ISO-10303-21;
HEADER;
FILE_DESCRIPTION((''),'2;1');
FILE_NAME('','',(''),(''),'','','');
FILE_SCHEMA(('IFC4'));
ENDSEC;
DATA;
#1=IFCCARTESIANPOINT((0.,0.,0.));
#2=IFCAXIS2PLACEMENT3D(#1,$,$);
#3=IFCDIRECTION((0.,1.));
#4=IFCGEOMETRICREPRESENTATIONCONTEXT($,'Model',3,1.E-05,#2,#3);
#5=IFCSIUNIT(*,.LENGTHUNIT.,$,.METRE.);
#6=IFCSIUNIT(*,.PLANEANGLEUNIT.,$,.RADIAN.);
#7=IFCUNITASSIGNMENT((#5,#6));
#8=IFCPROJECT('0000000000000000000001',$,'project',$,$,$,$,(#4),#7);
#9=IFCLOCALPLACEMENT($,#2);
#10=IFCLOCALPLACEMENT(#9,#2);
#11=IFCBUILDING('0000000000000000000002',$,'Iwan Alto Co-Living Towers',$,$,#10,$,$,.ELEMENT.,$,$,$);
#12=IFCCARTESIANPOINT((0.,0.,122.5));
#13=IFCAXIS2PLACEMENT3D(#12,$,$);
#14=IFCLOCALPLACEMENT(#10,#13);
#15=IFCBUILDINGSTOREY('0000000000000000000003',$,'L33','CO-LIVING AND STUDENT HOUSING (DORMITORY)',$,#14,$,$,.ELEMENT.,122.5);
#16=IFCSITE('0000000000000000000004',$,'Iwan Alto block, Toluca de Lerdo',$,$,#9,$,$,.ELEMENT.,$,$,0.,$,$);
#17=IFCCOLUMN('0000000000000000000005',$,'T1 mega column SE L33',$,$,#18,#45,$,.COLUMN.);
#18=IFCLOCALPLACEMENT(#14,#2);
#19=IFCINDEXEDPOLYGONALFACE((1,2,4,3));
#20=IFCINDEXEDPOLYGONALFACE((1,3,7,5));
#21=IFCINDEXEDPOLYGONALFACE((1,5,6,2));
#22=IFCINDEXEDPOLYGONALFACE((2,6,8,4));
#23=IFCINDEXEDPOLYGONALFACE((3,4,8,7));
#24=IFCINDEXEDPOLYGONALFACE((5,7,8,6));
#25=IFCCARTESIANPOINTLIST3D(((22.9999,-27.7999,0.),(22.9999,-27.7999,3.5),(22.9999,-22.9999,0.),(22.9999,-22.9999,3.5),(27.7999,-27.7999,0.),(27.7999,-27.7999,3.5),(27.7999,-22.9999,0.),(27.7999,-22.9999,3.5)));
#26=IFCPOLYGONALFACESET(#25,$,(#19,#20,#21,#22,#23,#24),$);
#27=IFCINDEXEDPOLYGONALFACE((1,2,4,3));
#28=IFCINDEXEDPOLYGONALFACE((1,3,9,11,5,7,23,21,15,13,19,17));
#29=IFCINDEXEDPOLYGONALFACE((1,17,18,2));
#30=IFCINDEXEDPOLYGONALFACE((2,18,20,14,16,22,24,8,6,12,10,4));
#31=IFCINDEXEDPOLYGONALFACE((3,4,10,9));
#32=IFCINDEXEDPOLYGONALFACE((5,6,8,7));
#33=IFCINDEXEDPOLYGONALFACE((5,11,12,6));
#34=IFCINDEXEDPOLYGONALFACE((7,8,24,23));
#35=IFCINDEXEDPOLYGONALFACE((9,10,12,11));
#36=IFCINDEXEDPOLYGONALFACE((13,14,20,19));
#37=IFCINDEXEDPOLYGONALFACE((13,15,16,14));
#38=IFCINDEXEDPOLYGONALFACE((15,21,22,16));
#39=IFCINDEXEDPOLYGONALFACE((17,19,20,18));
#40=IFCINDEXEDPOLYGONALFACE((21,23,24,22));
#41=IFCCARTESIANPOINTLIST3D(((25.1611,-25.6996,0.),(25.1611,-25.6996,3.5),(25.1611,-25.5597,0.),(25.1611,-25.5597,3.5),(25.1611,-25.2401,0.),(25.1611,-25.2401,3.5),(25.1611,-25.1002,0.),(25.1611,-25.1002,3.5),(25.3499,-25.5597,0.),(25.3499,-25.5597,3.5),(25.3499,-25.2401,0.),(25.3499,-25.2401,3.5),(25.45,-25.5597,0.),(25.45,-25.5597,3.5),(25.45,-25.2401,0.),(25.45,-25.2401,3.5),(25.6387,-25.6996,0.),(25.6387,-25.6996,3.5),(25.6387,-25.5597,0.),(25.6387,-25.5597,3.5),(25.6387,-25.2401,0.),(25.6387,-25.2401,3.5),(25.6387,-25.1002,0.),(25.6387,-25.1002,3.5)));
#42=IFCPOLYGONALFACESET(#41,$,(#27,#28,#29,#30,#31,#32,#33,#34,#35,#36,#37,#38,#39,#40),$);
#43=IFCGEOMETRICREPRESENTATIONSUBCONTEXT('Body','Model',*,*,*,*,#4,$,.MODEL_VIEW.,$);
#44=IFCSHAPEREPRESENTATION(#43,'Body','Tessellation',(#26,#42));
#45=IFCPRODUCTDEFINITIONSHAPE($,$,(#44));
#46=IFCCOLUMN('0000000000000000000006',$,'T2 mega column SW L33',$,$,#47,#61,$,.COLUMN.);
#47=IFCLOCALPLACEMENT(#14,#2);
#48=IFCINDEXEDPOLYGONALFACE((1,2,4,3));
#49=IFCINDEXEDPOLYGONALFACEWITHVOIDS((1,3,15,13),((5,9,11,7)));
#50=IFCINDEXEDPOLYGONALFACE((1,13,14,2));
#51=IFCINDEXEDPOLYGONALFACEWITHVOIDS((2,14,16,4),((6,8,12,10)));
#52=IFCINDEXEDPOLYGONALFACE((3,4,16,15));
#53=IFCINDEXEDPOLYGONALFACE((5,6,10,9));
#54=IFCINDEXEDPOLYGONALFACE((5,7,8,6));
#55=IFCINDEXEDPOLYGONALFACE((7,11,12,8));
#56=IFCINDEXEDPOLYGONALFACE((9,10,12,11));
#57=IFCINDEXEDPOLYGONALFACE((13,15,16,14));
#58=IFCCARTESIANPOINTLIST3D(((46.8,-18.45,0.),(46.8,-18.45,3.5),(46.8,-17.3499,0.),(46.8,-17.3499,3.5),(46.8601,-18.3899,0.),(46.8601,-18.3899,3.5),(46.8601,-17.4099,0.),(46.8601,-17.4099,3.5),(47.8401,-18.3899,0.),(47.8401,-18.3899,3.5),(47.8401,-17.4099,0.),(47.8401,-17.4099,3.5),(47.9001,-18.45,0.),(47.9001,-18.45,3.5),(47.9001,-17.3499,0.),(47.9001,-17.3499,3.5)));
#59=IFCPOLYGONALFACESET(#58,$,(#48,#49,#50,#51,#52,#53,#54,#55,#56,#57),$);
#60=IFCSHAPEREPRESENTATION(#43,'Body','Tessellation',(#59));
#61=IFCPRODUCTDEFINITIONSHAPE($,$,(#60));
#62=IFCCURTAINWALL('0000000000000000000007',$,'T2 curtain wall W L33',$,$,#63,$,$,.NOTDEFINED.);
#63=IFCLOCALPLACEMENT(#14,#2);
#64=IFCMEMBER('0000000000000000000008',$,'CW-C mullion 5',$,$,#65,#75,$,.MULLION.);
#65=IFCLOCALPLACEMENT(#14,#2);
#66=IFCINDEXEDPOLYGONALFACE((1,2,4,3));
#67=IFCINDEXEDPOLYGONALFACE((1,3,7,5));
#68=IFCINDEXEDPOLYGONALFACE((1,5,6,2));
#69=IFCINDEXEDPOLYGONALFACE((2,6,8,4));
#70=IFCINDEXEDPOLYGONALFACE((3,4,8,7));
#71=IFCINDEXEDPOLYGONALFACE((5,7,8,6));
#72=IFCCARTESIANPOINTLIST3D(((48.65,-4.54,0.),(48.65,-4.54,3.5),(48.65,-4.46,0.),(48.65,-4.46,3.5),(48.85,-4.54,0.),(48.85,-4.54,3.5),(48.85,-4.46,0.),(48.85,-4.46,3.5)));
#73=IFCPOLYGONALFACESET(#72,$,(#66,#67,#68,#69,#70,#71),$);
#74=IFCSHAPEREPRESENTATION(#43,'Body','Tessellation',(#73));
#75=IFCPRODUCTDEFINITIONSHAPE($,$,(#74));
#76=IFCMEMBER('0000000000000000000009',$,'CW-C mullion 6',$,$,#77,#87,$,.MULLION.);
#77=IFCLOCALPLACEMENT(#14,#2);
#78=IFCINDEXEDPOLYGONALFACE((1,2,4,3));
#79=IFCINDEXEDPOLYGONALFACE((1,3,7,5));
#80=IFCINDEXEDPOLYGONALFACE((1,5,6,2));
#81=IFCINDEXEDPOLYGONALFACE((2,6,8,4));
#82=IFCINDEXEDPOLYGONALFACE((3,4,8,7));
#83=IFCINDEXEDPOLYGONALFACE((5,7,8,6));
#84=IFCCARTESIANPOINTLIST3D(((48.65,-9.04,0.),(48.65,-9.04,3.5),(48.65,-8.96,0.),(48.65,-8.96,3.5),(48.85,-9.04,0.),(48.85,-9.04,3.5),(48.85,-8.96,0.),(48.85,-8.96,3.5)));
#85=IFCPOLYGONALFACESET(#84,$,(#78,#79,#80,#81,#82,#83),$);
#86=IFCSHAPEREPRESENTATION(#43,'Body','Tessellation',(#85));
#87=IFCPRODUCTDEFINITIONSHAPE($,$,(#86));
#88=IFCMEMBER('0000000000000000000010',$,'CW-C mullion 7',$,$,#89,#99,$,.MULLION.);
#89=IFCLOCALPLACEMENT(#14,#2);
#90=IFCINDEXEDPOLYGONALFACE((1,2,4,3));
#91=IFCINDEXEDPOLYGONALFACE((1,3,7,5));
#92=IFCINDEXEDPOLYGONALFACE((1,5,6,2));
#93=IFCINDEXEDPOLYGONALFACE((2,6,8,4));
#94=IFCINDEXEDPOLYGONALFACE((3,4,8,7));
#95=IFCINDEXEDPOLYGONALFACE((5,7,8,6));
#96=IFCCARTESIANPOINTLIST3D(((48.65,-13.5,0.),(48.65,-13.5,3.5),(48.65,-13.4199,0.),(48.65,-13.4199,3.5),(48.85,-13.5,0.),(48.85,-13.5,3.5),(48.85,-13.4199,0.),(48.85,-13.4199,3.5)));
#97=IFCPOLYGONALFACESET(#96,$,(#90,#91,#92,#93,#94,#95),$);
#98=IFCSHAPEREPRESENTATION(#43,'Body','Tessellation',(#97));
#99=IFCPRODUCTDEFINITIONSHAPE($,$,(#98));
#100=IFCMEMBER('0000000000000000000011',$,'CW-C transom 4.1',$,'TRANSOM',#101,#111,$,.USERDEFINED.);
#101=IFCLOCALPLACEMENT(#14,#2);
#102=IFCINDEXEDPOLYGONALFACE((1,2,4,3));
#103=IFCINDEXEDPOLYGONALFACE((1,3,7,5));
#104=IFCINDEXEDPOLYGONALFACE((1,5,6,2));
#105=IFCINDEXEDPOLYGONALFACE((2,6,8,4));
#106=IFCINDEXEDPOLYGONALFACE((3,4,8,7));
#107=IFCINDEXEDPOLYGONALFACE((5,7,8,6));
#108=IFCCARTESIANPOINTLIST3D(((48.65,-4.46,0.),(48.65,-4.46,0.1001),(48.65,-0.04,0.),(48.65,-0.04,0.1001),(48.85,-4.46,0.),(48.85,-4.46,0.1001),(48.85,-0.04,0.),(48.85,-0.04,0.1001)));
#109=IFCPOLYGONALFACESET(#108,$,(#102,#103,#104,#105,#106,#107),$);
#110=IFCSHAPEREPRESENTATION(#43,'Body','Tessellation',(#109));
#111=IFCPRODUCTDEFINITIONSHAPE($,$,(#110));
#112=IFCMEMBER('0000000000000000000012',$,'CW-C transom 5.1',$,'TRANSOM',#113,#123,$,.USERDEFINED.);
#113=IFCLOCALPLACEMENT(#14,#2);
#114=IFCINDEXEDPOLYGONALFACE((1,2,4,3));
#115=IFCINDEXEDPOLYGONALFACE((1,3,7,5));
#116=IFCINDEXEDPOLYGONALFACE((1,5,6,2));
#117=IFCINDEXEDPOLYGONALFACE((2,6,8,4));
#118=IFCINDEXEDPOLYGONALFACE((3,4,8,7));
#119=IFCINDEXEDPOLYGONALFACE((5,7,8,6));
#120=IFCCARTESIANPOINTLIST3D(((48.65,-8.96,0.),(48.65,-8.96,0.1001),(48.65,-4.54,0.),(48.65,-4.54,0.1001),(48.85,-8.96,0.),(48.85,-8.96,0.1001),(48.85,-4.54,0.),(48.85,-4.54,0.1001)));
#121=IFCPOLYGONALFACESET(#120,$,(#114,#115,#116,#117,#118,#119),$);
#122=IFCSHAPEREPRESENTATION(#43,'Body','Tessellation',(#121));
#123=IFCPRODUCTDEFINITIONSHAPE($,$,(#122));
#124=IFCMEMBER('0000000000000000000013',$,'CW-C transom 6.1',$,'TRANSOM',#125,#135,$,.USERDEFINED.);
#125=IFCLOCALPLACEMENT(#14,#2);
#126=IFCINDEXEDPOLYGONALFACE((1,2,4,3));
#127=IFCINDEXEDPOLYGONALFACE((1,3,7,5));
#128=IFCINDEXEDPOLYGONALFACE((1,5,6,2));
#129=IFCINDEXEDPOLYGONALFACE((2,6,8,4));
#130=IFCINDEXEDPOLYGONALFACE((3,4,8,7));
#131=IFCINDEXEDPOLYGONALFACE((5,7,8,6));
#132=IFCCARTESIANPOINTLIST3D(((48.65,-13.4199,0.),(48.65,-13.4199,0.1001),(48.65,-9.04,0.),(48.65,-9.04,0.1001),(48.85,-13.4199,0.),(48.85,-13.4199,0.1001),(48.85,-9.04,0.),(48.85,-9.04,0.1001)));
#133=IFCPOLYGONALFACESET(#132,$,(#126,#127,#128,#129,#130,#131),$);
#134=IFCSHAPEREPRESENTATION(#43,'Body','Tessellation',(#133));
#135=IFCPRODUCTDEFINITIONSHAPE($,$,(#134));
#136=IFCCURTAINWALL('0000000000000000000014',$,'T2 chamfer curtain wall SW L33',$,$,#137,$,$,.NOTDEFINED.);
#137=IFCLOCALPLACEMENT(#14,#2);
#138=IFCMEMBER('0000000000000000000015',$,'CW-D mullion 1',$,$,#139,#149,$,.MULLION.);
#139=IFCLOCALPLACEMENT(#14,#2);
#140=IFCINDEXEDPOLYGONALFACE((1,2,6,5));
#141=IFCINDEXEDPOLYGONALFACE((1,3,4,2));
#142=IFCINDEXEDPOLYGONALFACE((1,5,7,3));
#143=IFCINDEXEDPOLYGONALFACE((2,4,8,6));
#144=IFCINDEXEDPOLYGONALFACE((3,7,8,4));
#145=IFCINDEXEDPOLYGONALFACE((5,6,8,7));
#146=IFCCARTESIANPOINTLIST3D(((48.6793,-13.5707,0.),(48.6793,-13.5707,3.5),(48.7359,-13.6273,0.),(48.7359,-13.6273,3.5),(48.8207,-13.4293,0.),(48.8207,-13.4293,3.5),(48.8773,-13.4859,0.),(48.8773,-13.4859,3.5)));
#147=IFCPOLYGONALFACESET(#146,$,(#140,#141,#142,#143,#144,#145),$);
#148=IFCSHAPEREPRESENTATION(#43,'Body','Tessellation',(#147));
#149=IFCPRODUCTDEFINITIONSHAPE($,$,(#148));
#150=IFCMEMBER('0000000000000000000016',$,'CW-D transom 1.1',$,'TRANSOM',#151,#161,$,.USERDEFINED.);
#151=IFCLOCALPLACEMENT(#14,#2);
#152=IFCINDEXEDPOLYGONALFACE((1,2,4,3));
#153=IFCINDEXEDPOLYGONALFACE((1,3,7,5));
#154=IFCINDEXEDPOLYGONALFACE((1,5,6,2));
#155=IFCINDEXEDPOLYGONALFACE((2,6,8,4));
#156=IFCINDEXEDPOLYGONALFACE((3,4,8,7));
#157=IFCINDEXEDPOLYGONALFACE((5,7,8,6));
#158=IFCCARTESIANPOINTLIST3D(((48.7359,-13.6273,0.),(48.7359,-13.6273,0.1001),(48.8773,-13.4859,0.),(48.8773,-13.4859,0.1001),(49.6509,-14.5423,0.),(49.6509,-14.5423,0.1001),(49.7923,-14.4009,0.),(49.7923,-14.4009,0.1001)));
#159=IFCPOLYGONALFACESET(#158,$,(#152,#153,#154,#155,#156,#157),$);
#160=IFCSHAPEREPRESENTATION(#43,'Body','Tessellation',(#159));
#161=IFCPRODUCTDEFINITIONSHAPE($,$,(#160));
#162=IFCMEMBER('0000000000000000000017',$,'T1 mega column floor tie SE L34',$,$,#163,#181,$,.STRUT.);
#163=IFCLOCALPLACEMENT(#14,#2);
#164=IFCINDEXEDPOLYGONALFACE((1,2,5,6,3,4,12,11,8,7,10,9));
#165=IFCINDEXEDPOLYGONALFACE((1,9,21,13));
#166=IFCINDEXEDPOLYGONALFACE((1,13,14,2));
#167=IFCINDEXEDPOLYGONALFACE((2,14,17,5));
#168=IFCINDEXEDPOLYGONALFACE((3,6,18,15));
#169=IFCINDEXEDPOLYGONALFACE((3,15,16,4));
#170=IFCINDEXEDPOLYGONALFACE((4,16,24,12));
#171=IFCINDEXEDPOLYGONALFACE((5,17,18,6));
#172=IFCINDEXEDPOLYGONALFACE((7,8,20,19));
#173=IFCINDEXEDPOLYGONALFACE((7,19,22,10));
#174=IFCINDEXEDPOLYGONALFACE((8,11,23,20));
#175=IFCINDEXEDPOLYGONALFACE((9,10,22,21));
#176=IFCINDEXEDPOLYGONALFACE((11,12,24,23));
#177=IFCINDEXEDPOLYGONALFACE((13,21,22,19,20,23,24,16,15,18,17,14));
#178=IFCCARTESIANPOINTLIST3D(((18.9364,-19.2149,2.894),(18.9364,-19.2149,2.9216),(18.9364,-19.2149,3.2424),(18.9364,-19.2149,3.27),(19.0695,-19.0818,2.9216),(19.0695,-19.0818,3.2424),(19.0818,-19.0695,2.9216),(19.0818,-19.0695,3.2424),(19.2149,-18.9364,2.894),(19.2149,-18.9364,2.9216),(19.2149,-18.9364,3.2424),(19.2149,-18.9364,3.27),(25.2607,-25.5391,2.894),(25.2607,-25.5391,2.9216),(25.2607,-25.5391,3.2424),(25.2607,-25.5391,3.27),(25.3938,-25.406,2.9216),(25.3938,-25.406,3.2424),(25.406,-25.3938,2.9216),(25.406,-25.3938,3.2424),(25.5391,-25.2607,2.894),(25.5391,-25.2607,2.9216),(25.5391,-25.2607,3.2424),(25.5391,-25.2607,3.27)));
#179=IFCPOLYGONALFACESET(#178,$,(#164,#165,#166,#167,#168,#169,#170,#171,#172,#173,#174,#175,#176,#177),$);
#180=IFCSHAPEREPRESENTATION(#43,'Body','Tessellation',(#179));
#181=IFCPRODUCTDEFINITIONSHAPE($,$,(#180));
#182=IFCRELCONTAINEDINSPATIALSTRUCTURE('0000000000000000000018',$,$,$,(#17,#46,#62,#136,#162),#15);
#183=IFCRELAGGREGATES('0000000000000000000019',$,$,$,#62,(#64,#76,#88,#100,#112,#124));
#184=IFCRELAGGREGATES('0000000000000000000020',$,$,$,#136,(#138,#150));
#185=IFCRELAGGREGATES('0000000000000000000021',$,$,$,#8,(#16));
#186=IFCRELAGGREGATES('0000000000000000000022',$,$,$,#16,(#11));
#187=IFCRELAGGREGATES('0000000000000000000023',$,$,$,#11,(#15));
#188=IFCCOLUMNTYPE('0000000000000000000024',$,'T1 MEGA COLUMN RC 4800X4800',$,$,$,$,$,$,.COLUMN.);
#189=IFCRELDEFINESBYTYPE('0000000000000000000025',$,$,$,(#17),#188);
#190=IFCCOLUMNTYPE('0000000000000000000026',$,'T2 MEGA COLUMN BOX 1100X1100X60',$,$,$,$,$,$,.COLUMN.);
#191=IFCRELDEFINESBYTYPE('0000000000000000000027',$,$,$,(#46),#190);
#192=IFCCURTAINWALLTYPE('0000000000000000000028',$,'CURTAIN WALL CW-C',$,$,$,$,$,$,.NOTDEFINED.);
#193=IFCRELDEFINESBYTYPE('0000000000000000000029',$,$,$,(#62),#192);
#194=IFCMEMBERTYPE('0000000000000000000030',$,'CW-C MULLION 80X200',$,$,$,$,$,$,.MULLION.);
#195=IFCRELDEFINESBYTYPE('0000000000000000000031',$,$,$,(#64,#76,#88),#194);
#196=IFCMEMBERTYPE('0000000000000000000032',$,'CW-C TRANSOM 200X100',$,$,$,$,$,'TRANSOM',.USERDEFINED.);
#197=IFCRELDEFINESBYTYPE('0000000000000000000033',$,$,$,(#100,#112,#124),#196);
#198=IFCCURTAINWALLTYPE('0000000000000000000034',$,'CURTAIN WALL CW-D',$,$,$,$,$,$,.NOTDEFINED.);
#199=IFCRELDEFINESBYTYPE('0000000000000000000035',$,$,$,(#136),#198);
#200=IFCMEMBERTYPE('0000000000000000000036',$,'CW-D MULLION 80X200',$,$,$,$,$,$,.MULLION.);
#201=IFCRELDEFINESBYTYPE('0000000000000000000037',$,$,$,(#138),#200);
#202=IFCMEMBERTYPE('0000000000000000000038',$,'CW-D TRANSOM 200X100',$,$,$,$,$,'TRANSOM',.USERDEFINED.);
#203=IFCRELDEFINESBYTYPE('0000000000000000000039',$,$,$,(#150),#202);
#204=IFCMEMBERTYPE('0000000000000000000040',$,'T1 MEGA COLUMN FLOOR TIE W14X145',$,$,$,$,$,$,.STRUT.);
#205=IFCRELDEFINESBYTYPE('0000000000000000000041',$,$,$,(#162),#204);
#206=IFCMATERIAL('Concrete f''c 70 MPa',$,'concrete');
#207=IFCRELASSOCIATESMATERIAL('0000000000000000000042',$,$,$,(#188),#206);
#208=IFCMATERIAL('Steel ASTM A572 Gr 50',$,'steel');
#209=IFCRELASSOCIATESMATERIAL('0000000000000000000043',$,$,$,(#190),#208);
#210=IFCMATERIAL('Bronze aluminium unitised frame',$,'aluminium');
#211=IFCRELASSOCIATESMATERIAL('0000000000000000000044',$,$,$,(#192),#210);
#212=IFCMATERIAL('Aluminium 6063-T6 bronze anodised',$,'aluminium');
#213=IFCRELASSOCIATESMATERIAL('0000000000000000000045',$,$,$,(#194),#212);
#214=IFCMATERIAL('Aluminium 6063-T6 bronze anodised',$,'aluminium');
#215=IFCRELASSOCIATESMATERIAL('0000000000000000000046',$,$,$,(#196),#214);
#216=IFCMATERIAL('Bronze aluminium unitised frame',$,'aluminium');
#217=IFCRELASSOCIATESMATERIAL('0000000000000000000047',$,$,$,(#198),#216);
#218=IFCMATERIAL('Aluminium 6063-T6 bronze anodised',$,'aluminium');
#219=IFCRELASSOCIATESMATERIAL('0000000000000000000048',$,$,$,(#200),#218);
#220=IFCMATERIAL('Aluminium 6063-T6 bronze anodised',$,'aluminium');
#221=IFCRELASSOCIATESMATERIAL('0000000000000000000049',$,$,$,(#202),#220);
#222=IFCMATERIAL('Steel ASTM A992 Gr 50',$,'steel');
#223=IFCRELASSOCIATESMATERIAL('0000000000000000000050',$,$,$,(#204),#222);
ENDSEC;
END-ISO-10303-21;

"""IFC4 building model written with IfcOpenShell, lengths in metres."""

from ifc_helpers import new_model, si_unit, direction, frame, origin, origin_2d, place, context, subcontext, project, spatial, rectangle, hollow_rectangle, i_section, extrude, material, material_profile, profile_set, type_object, element, aggregate, save


model = new_model("IFC4")

# Units and contexts
model_context = context("Model", 3, precision=1e-05, world=origin(), true_north=direction((0.0, 1.0)))
body_context = subcontext(model_context, "Body", "Model", "MODEL_VIEW")
ifc_project = project(units=[si_unit("LENGTHUNIT", "METRE"), si_unit("PLANEANGLEUNIT", "RADIAN")], contexts=[model_context])

# Site, building, storey
site_placement = place(None, origin())
site = spatial("IfcSite", under=ifc_project, at=site_placement, Name="Iwan Alto block, Toluca de Lerdo", CompositionType="ELEMENT", RefElevation=0.0)
building_placement = place(site_placement, origin())
building = spatial("IfcBuilding", under=site, at=building_placement, Name="Iwan Alto Co-Living Towers", CompositionType="ELEMENT")
storey_placement = place(building_placement, frame((0.0, 0.0, 122.5)))
storey = spatial("IfcBuildingStorey", under=building, at=storey_placement, Name="L33", Description="CO-LIVING AND STUDENT HOUSING (DORMITORY)", CompositionType="ELEMENT", Elevation=122.5)

# Columns
ifc_material_1 = material(Name="Concrete f'c 70 MPa", Category="concrete")
ifc_material_profile_1 = material_profile(ifc_material_1, rectangle(XDim=4.8, YDim=4.8, at=origin_2d()), Name="RC 4800X4800")
ifc_profile_set_1 = profile_set([ifc_material_profile_1], Name="Concrete f'c 70 MPa")
column_type_1 = type_object("IfcColumnType", Name="T1 MEGA COLUMN RC 4800X4800", PredefinedType="COLUMN", material=ifc_profile_set_1)
column_1_placement = place(storey_placement, frame((25.3999, -25.3999, 0.0), z_axis=(0.0, 0.0, 1.0), x_axis=(1.0, 0.0, 0.0)))
element("IfcColumn", 1, at=column_1_placement, inside=storey, type_object=column_type_1, Name="T1 mega column SE L33", PredefinedType="COLUMN", context=body_context, shape_type="SweptSolid", body=[
    extrude(rectangle(XDim=4.8, YDim=4.8, at=origin_2d()), origin(), (0.0, 0.0, 1.0), 3.5),
    extrude(i_section(OverallWidth=0.4775, OverallDepth=0.5994, WebThickness=0.1001, FlangeThickness=0.1399, at=origin_2d()), origin(), (0.0, 0.0, 1.0), 3.5),
])
ifc_material_2 = material(Name="Steel ASTM A572 Gr 50", Category="steel")
ifc_material_profile_2 = material_profile(ifc_material_2, hollow_rectangle(XDim=1.1001, YDim=1.1001, WallThickness=0.0601, at=origin_2d()), Name="BOX 1100X1100X60")
ifc_profile_set_2 = profile_set([ifc_material_profile_2], Name="Steel ASTM A572 Gr 50")
column_type_2 = type_object("IfcColumnType", Name="T2 MEGA COLUMN BOX 1100X1100X60", PredefinedType="COLUMN", material=ifc_profile_set_2)
column_2_placement = place(storey_placement, frame((47.3501, -17.8999, 0.0), z_axis=(0.0, 0.0, 1.0), x_axis=(1.0, 0.0, 0.0)))
element("IfcColumn", 2, at=column_2_placement, inside=storey, type_object=column_type_2, Name="T2 mega column SW L33", PredefinedType="COLUMN", context=body_context, shape_type="SweptSolid", body=[
    extrude(hollow_rectangle(XDim=1.1001, YDim=1.1001, WallThickness=0.0601, at=origin_2d()), origin(), (0.0, 0.0, 1.0), 3.5),
])

# Curtain walls, members
ifc_material_3 = material(Name="Bronze aluminium unitised frame", Category="aluminium")
curtain_wall_type_1 = type_object("IfcCurtainWallType", Name="CURTAIN WALL CW-C", PredefinedType="NOTDEFINED", material=ifc_material_3)
curtain_wall_1_placement = place(storey_placement, origin())
curtain_wall_1 = element("IfcCurtainWall", 3, at=curtain_wall_1_placement, inside=storey, type_object=curtain_wall_type_1, Name="T2 curtain wall W L33", PredefinedType="NOTDEFINED")
ifc_material_4 = material(Name="Aluminium 6063-T6 bronze anodised", Category="aluminium")
ifc_material_profile_3 = material_profile(ifc_material_4, rectangle(XDim=0.2, YDim=0.0801, at=origin_2d()), Name="AL 80X200")
ifc_profile_set_3 = profile_set([ifc_material_profile_3], Name="Aluminium 6063-T6 bronze anodised")
member_type_1 = type_object("IfcMemberType", Name="CW-C MULLION 80X200", PredefinedType="MULLION", material=ifc_profile_set_3)
member_1_placement = place(storey_placement, frame((48.75, -4.5, 0.0), z_axis=(0.0, 0.0, 1.0), x_axis=(1.0, 0.0, 0.0)))
member_1 = element("IfcMember", 4, at=member_1_placement, type_object=member_type_1, Name="CW-C mullion 5", PredefinedType="MULLION", context=body_context, shape_type="SweptSolid", body=[
    extrude(rectangle(XDim=0.2, YDim=0.0801, at=origin_2d()), origin(), (0.0, 0.0, 1.0), 3.5),
])
member_2_placement = place(storey_placement, frame((48.75, -9.0, 0.0), z_axis=(0.0, 0.0, 1.0), x_axis=(1.0, 0.0, 0.0)))
member_2 = element("IfcMember", 5, at=member_2_placement, type_object=member_type_1, Name="CW-C mullion 6", PredefinedType="MULLION", context=body_context, shape_type="SweptSolid", body=[
    extrude(rectangle(XDim=0.2, YDim=0.0801, at=origin_2d()), origin(), (0.0, 0.0, 1.0), 3.5),
])
member_3_placement = place(storey_placement, frame((48.75, -13.46, 0.0), z_axis=(0.0, 0.0, 1.0), x_axis=(1.0, 0.0, 0.0)))
member_3 = element("IfcMember", 6, at=member_3_placement, type_object=member_type_1, Name="CW-C mullion 7", PredefinedType="MULLION", context=body_context, shape_type="SweptSolid", body=[
    extrude(rectangle(XDim=0.2, YDim=0.0801, at=origin_2d()), origin(), (0.0, 0.0, 1.0), 3.5),
])
ifc_material_5 = material(Name="Aluminium 6063-T6 bronze anodised", Category="aluminium")
ifc_material_profile_4 = material_profile(ifc_material_5, rectangle(XDim=0.2, YDim=0.1001, at=origin_2d()), Name="AL 200X100")
ifc_profile_set_4 = profile_set([ifc_material_profile_4], Name="Aluminium 6063-T6 bronze anodised")
member_type_2 = type_object("IfcMemberType", Name="CW-C TRANSOM 200X100", ElementType="TRANSOM", PredefinedType="USERDEFINED", material=ifc_profile_set_4)
member_4_placement = place(storey_placement, frame((48.75, -0.04, 0.05), z_axis=(0.0, -1.0, 0.0), x_axis=(1.0, 0.0, 0.0)))
member_4 = element("IfcMember", 7, at=member_4_placement, type_object=member_type_2, Name="CW-C transom 4.1", ObjectType="TRANSOM", PredefinedType="USERDEFINED", context=body_context, shape_type="SweptSolid", body=[
    extrude(rectangle(XDim=0.2, YDim=0.1001, at=origin_2d()), origin(), (0.0, 0.0, 1.0), 4.4199),
])
member_5_placement = place(storey_placement, frame((48.75, -4.54, 0.05), z_axis=(0.0, -1.0, 0.0), x_axis=(1.0, 0.0, 0.0)))
member_5 = element("IfcMember", 8, at=member_5_placement, type_object=member_type_2, Name="CW-C transom 5.1", ObjectType="TRANSOM", PredefinedType="USERDEFINED", context=body_context, shape_type="SweptSolid", body=[
    extrude(rectangle(XDim=0.2, YDim=0.1001, at=origin_2d()), origin(), (0.0, 0.0, 1.0), 4.4199),
])
member_6_placement = place(storey_placement, frame((48.75, -9.04, 0.05), z_axis=(0.0, -1.0, 0.0), x_axis=(1.0, 0.0, 0.0)))
member_6 = element("IfcMember", 9, at=member_6_placement, type_object=member_type_2, Name="CW-C transom 6.1", ObjectType="TRANSOM", PredefinedType="USERDEFINED", context=body_context, shape_type="SweptSolid", body=[
    extrude(rectangle(XDim=0.2, YDim=0.1001, at=origin_2d()), origin(), (0.0, 0.0, 1.0), 4.3799),
])
ifc_material_6 = material(Name="Bronze aluminium unitised frame", Category="aluminium")
curtain_wall_type_2 = type_object("IfcCurtainWallType", Name="CURTAIN WALL CW-D", PredefinedType="NOTDEFINED", material=ifc_material_6)
curtain_wall_2_placement = place(storey_placement, origin())
curtain_wall_2 = element("IfcCurtainWall", 10, at=curtain_wall_2_placement, inside=storey, type_object=curtain_wall_type_2, Name="T2 chamfer curtain wall SW L33", PredefinedType="NOTDEFINED")
ifc_material_7 = material(Name="Aluminium 6063-T6 bronze anodised", Category="aluminium")
ifc_material_profile_5 = material_profile(ifc_material_7, rectangle(XDim=0.2, YDim=0.0801, at=origin_2d()), Name="AL 80X200")
ifc_profile_set_5 = profile_set([ifc_material_profile_5], Name="Aluminium 6063-T6 bronze anodised")
member_type_3 = type_object("IfcMemberType", Name="CW-D MULLION 80X200", PredefinedType="MULLION", material=ifc_profile_set_5)
member_7_placement = place(storey_placement, frame((48.7783, -13.5283, 0.0), z_axis=(0.0, 0.0, 1.0), x_axis=(0.707107, 0.707107, 0.0)))
member_7 = element("IfcMember", 11, at=member_7_placement, type_object=member_type_3, Name="CW-D mullion 1", PredefinedType="MULLION", context=body_context, shape_type="SweptSolid", body=[
    extrude(rectangle(XDim=0.2, YDim=0.0801, at=origin_2d()), origin(), (0.0, 0.0, 1.0), 3.5),
])
ifc_material_8 = material(Name="Aluminium 6063-T6 bronze anodised", Category="aluminium")
ifc_material_profile_6 = material_profile(ifc_material_8, rectangle(XDim=0.2, YDim=0.1001, at=origin_2d()), Name="AL 200X100")
ifc_profile_set_6 = profile_set([ifc_material_profile_6], Name="Aluminium 6063-T6 bronze anodised")
member_type_4 = type_object("IfcMemberType", Name="CW-D TRANSOM 200X100", ElementType="TRANSOM", PredefinedType="USERDEFINED", material=ifc_profile_set_6)
member_8_placement = place(storey_placement, frame((48.8066, -13.5566, 0.05), z_axis=(0.707107, -0.707107, 0.0), x_axis=(0.707107, 0.707107, 0.0)))
member_8 = element("IfcMember", 12, at=member_8_placement, type_object=member_type_4, Name="CW-D transom 1.1", ObjectType="TRANSOM", PredefinedType="USERDEFINED", context=body_context, shape_type="SweptSolid", body=[
    extrude(rectangle(XDim=0.2, YDim=0.1001, at=origin_2d()), origin(), (0.0, 0.0, 1.0), 1.2939),
])

# Member
ifc_material_9 = material(Name="Steel ASTM A992 Gr 50", Category="steel")
ifc_material_profile_7 = material_profile(ifc_material_9, i_section(OverallWidth=0.3938, OverallDepth=0.376, WebThickness=0.0173, FlangeThickness=0.0276, at=origin_2d()), Name="W14X145")
ifc_profile_set_7 = profile_set([ifc_material_profile_7], Name="Steel ASTM A992 Gr 50")
member_type_5 = type_object("IfcMemberType", Name="T1 MEGA COLUMN FLOOR TIE W14X145", PredefinedType="STRUT", material=ifc_profile_set_7)
member_9_placement = place(storey_placement, frame((25.3999, -25.3999, 3.082), z_axis=(-0.707107, 0.707107, 0.0), x_axis=(-0.707107, -0.707107, 0.0)))
element("IfcMember", 13, at=member_9_placement, inside=storey, type_object=member_type_5, Name="T1 mega column floor tie SE L34", PredefinedType="STRUT", context=body_context, shape_type="SweptSolid", body=[
    extrude(i_section(OverallWidth=0.3938, OverallDepth=0.376, WebThickness=0.0173, FlangeThickness=0.0276, at=origin_2d()), origin(), (0.0, 0.0, 1.0), 8.9438),
])

aggregate(curtain_wall_1, [member_1, member_2, member_3, member_4, member_5, member_6])
aggregate(curtain_wall_2, [member_7, member_8])

save(model, "model.ifc")
